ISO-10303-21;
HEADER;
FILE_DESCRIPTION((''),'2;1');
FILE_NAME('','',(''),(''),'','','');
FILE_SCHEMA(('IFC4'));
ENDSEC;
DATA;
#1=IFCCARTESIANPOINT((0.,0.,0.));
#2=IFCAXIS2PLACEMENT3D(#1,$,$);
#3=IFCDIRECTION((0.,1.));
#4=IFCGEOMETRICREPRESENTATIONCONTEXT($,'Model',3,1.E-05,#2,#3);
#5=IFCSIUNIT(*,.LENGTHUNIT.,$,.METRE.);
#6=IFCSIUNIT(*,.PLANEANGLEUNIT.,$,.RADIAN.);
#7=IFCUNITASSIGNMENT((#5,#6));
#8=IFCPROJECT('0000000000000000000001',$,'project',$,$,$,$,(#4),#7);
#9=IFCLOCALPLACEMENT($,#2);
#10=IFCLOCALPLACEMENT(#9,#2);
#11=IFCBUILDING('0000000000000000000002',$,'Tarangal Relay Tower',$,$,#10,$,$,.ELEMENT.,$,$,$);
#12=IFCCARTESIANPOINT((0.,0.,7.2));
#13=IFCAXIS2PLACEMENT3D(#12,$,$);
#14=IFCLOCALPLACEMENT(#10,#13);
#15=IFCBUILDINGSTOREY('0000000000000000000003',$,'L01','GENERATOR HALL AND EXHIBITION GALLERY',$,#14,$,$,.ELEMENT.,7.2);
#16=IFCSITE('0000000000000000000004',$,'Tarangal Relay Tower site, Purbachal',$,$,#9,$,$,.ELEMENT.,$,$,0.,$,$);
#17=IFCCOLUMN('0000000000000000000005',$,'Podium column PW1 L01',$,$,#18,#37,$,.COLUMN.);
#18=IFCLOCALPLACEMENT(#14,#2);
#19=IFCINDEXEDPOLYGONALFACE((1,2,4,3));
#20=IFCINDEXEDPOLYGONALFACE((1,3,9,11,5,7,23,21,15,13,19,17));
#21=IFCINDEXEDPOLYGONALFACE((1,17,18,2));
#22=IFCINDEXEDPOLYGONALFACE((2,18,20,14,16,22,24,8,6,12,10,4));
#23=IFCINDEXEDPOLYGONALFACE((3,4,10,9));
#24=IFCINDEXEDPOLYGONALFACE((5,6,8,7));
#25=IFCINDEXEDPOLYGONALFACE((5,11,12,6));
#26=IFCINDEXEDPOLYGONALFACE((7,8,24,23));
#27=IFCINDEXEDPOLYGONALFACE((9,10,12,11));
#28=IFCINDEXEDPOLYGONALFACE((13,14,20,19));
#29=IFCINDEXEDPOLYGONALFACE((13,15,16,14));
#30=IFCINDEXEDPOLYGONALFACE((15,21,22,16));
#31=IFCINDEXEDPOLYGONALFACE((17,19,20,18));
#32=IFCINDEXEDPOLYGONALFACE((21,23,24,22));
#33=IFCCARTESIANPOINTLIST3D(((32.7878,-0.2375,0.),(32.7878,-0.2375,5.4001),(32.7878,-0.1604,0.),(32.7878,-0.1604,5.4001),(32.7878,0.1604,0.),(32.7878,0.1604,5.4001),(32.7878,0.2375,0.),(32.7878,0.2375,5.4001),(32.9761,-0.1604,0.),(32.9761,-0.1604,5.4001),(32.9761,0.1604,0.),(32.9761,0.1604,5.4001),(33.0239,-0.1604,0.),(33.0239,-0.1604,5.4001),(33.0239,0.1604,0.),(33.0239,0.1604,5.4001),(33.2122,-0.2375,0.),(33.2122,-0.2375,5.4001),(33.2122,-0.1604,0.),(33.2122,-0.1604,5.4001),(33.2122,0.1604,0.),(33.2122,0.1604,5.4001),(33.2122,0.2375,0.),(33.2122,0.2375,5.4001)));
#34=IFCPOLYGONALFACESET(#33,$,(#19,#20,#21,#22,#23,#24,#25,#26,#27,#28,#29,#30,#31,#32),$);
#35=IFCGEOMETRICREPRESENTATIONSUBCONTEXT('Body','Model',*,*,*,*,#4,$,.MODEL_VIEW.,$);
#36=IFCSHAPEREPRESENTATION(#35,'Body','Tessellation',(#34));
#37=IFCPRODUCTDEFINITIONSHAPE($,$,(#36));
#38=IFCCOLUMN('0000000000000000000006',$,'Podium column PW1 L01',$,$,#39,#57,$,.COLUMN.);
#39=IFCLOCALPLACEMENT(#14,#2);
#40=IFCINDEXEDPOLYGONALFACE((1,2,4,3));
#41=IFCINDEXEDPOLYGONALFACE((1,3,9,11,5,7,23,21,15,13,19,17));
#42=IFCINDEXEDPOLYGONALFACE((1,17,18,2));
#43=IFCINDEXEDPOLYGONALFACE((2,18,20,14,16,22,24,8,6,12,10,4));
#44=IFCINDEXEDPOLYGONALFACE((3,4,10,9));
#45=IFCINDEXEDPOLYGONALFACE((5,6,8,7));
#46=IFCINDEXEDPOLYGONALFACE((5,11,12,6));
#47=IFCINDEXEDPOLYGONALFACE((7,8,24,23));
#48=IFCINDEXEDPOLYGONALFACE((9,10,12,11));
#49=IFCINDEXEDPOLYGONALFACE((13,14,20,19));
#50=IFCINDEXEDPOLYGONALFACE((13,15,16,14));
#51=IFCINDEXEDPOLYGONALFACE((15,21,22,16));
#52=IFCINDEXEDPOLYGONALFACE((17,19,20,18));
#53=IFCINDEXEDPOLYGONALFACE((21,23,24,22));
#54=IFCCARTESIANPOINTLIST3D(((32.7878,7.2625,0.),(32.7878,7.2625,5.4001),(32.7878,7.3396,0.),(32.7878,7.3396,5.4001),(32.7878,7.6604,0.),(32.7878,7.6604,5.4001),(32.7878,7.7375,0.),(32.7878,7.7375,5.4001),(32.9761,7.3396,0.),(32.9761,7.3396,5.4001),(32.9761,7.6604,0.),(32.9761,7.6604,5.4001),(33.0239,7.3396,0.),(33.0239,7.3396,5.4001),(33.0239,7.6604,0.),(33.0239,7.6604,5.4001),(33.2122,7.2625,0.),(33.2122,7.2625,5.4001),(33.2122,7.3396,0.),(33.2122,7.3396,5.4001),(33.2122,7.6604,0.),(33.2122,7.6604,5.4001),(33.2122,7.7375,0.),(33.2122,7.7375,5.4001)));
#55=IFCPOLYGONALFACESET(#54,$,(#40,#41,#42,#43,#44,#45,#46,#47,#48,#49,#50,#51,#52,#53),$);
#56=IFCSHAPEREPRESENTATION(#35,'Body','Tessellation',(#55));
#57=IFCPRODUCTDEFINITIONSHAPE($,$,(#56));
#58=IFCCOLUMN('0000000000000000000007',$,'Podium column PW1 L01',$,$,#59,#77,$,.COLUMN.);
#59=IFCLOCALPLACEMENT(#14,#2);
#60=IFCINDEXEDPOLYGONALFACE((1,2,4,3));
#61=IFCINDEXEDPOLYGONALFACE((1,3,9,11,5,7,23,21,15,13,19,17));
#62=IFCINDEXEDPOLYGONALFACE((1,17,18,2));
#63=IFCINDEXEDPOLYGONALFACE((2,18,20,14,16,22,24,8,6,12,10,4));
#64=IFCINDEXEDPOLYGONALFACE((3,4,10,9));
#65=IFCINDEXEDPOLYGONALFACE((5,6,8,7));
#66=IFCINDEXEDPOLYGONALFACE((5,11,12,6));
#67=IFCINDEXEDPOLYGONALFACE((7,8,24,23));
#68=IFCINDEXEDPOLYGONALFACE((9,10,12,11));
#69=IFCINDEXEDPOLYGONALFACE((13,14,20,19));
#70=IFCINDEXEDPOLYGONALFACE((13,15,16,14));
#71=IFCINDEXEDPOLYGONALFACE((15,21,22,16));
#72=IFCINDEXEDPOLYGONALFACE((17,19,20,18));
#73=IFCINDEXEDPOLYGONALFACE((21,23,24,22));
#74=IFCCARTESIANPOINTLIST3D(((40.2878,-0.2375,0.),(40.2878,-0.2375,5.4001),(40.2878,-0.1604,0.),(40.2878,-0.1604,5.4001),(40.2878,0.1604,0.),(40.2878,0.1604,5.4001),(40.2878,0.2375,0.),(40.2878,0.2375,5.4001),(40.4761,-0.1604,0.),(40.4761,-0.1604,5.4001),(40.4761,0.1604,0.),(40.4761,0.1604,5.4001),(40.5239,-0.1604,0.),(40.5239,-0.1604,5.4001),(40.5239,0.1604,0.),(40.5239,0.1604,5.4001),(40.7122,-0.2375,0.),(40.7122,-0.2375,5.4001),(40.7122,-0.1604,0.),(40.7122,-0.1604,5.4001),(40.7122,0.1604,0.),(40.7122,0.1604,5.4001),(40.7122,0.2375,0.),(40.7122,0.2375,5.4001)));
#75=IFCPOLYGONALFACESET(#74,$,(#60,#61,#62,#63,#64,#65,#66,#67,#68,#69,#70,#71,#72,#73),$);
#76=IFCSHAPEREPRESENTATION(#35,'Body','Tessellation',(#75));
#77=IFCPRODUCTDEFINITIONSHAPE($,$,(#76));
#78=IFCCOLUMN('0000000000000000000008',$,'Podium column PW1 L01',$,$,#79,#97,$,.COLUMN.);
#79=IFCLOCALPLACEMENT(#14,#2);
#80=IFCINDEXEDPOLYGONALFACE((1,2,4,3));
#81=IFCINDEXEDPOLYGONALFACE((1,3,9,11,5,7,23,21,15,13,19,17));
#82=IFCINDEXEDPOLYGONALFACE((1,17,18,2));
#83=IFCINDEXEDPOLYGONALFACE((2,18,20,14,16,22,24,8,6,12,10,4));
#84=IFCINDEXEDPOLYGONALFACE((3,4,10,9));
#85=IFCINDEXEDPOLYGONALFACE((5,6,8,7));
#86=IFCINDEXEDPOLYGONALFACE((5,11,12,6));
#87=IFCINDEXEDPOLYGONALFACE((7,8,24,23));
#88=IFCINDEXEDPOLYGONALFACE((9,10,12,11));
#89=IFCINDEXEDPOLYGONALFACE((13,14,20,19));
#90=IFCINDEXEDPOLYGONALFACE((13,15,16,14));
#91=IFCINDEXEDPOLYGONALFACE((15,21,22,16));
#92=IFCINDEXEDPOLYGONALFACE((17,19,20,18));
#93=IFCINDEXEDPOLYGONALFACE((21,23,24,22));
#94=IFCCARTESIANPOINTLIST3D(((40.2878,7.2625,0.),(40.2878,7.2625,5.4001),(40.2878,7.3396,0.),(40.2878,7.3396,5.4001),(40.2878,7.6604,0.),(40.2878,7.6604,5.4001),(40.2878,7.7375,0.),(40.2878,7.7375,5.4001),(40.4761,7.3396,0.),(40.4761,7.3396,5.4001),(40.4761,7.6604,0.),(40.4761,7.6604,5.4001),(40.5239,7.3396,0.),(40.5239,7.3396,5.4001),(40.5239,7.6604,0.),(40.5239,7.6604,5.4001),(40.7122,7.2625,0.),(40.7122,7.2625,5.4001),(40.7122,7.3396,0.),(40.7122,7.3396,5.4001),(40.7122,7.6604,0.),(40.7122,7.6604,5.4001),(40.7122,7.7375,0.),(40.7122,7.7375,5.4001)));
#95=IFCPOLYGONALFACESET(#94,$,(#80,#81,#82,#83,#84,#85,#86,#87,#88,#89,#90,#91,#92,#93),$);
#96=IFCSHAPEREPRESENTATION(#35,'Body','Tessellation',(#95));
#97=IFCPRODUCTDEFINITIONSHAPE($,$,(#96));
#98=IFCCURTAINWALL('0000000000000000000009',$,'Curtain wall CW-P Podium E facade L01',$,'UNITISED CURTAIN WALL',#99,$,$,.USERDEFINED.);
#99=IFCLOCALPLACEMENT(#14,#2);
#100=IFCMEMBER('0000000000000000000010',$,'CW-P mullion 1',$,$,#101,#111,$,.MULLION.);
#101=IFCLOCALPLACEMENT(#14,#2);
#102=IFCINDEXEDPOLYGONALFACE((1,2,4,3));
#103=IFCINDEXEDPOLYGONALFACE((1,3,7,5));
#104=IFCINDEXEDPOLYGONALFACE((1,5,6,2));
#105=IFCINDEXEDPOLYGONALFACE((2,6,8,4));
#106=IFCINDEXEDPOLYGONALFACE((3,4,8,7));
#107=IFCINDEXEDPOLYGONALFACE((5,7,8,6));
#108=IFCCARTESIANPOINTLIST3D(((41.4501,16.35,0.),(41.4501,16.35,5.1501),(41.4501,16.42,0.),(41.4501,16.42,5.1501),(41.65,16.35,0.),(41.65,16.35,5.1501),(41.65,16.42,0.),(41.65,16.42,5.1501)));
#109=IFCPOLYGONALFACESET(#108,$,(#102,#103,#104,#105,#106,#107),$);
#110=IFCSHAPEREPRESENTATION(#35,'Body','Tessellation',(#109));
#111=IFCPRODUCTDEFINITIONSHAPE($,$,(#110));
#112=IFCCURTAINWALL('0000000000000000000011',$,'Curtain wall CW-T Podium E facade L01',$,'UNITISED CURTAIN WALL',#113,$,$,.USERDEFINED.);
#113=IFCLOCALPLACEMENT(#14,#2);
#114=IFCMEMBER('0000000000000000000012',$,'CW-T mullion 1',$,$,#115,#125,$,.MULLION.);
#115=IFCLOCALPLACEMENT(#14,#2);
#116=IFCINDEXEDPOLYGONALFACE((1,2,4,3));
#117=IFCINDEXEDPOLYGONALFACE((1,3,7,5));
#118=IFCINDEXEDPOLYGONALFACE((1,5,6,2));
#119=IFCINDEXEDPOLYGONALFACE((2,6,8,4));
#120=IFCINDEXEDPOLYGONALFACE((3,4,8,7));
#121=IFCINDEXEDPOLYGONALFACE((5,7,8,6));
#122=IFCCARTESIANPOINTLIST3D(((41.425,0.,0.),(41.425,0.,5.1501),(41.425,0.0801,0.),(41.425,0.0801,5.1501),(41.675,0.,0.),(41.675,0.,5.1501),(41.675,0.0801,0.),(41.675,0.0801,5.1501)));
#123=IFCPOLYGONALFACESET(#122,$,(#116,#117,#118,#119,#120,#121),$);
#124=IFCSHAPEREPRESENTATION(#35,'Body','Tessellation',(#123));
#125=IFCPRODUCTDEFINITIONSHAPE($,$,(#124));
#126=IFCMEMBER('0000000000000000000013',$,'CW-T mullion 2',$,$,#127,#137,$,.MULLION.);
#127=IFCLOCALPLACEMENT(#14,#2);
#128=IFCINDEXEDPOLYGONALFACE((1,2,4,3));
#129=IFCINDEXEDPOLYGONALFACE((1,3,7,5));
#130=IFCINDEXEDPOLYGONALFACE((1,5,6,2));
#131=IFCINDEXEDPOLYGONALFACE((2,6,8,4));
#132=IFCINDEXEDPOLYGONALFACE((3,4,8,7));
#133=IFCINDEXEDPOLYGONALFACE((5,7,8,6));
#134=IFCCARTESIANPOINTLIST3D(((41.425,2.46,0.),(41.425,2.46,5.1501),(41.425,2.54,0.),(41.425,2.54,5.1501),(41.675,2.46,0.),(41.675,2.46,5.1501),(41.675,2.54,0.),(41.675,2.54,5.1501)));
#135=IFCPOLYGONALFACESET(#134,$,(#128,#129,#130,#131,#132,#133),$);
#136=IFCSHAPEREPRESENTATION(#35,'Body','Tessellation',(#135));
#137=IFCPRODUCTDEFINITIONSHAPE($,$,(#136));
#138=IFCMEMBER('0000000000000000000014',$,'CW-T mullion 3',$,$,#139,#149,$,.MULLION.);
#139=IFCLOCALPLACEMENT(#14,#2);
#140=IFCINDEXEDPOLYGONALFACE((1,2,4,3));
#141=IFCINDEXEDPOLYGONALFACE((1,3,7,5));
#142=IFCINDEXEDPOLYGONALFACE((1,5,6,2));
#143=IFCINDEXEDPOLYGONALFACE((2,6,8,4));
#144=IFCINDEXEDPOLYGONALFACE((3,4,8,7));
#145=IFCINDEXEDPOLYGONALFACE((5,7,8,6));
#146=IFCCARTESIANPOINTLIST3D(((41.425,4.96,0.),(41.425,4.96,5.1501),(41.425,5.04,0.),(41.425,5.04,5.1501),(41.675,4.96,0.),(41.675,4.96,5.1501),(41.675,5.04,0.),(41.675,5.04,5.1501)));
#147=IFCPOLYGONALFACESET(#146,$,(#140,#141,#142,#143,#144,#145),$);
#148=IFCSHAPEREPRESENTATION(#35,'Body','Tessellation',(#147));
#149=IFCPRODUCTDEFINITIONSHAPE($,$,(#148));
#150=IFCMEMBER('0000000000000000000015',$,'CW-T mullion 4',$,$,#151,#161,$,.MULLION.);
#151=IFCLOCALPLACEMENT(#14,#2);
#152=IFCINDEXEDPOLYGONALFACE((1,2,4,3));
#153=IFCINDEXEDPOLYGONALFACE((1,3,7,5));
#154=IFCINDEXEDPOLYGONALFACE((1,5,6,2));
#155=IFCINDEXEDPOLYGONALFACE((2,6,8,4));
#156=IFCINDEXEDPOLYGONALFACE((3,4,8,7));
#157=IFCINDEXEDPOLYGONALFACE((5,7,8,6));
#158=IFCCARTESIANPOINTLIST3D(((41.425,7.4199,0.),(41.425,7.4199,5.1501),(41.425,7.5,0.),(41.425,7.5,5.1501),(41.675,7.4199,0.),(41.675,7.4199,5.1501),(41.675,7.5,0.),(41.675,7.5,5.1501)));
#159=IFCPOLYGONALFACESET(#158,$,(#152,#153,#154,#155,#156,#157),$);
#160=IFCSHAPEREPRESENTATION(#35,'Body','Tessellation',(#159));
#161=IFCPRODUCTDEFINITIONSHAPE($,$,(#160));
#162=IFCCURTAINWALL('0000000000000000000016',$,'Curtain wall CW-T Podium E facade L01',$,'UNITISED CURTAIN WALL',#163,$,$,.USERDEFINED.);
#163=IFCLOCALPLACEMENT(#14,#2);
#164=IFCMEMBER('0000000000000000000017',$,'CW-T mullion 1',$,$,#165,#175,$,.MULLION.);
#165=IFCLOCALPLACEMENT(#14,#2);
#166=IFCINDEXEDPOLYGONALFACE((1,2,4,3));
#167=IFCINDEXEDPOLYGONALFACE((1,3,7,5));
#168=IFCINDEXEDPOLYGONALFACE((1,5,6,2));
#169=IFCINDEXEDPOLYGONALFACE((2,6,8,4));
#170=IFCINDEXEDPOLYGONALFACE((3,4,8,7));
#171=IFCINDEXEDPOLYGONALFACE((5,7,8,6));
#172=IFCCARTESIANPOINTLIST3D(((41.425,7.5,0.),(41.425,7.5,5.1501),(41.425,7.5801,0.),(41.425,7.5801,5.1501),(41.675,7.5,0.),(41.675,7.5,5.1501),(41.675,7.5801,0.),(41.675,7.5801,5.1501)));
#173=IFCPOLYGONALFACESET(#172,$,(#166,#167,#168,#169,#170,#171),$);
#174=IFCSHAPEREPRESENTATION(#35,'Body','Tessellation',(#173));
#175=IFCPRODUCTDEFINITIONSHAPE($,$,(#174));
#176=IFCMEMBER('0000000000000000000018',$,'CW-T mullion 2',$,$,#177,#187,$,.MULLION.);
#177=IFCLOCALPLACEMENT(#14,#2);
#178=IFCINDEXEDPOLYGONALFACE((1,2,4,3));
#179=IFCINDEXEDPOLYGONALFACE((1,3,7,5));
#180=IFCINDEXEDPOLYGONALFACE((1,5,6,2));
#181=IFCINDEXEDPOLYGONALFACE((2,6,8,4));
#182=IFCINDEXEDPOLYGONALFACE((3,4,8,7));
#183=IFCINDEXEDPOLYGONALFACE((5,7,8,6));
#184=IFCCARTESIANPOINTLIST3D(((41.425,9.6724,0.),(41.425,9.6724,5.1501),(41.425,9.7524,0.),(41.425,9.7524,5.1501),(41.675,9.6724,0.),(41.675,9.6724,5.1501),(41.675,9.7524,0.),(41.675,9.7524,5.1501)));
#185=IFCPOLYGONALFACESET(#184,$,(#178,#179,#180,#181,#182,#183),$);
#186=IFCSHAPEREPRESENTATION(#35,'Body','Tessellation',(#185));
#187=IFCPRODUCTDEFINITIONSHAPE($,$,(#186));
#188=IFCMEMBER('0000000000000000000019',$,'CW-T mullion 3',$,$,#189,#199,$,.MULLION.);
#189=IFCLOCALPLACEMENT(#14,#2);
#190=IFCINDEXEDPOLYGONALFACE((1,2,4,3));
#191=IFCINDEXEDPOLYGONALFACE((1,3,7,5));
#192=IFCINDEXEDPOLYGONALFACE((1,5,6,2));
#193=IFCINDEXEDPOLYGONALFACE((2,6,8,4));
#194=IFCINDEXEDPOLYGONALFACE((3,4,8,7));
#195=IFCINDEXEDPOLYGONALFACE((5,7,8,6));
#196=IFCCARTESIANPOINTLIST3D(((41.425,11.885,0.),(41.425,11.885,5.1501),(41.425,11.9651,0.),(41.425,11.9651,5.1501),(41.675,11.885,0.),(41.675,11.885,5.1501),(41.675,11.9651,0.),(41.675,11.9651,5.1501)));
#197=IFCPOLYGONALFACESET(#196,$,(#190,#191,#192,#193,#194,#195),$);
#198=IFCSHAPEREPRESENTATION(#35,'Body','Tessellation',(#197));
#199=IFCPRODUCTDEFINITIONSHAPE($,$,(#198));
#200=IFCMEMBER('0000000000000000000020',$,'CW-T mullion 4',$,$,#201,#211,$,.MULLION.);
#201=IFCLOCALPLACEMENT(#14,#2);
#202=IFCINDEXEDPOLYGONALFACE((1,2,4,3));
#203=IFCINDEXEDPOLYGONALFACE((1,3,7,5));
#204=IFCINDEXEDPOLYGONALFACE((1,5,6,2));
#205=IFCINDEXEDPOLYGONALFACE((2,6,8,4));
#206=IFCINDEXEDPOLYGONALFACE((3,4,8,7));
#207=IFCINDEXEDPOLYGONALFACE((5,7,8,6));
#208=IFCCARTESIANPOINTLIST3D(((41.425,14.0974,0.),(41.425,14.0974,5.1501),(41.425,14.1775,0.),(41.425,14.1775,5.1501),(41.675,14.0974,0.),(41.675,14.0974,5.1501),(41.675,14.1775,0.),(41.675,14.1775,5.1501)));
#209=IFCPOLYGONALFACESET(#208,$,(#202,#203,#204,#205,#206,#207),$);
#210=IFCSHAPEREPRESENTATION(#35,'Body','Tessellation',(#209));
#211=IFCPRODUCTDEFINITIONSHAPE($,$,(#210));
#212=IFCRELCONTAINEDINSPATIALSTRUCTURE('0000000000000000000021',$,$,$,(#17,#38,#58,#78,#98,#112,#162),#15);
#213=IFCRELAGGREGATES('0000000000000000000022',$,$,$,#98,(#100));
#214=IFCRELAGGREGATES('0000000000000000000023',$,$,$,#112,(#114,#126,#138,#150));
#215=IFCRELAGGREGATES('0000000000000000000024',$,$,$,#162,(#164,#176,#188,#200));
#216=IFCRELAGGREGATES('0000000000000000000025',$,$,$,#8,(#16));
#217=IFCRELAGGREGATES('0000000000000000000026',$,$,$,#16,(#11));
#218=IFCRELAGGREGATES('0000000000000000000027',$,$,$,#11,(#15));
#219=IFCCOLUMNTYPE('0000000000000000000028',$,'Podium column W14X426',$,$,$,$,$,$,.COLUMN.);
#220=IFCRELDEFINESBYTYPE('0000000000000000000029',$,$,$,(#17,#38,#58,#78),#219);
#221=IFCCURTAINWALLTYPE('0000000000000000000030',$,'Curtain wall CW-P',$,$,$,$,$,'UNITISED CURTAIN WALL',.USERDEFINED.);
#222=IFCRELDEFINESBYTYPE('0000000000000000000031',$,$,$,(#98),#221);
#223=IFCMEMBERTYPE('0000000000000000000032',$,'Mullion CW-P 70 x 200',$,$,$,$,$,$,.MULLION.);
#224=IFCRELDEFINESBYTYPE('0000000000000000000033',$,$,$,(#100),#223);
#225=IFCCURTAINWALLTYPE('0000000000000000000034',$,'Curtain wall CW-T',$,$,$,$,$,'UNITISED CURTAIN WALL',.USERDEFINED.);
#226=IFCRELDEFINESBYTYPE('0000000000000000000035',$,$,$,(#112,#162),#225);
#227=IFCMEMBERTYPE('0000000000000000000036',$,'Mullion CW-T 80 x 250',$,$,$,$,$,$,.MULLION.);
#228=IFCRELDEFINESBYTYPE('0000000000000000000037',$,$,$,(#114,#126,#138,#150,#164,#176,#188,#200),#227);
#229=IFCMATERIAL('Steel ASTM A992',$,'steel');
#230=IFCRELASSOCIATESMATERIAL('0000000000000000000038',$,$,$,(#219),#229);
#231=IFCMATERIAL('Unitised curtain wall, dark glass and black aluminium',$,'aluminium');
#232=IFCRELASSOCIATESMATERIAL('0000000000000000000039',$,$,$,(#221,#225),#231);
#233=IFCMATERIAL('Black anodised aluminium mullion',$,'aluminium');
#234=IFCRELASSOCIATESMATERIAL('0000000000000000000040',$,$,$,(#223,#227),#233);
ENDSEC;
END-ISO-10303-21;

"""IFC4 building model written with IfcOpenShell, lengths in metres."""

from ifc_helpers import new_model, si_unit, direction, frame, origin, origin_2d, place, context, subcontext, project, spatial, rectangle, i_section, extrude, material, material_profile, profile_set, type_object, element, aggregate, save


model = new_model("IFC4")

# Units and contexts
model_context = context("Model", 3, precision=1e-05, world=origin(), true_north=direction((0.0, 1.0)))
body_context = subcontext(model_context, "Body", "Model", "MODEL_VIEW")
ifc_project = project(units=[si_unit("LENGTHUNIT", "METRE"), si_unit("PLANEANGLEUNIT", "RADIAN")], contexts=[model_context])

# Site, building, storey
site_placement = place(None, origin())
site = spatial("IfcSite", under=ifc_project, at=site_placement, Name="Tarangal Relay Tower site, Purbachal", CompositionType="ELEMENT", RefElevation=0.0)
building_placement = place(site_placement, origin())
building = spatial("IfcBuilding", under=site, at=building_placement, Name="Tarangal Relay Tower", CompositionType="ELEMENT")
storey_placement = place(building_placement, frame((0.0, 0.0, 7.2)))
storey = spatial("IfcBuildingStorey", under=building, at=storey_placement, Name="L01", Description="GENERATOR HALL AND EXHIBITION GALLERY", CompositionType="ELEMENT", Elevation=7.2)

# Columns
ifc_material_1 = material(Name="Steel ASTM A992", Category="steel")
ifc_material_profile_1 = material_profile(ifc_material_1, i_section(OverallWidth=0.4243, OverallDepth=0.4751, WebThickness=0.0479, FlangeThickness=0.0771, at=origin_2d()), Name="W14X426")
ifc_profile_set_1 = profile_set([ifc_material_profile_1], Name="Steel ASTM A992")
column_type = type_object("IfcColumnType", Name="Podium column W14X426", PredefinedType="COLUMN", material=ifc_profile_set_1)
for number, where, z_axis, x_axis, name in (
    (1, (33.0, 0.0, 0.0), (0.0, 0.0, 1.0), (1.0, 0.0, 0.0), "Podium column PW1 L01"),
    (2, (33.0, 7.5, 0.0), (0.0, 0.0, 1.0), (1.0, 0.0, 0.0), "Podium column PW1 L01"),
    (3, (40.5, 0.0, 0.0), (0.0, 0.0, 1.0), (1.0, 0.0, 0.0), "Podium column PW1 L01"),
    (4, (40.5, 7.5, 0.0), (0.0, 0.0, 1.0), (1.0, 0.0, 0.0), "Podium column PW1 L01"),
):
    element("IfcColumn", number, at=place(storey_placement, frame(where, z_axis=z_axis, x_axis=x_axis)), inside=storey, type_object=column_type, Name=name, PredefinedType="COLUMN", context=body_context, shape_type="SweptSolid", body=[
        extrude(i_section(OverallWidth=0.4243, OverallDepth=0.4751, WebThickness=0.0479, FlangeThickness=0.0771, at=origin_2d()), origin(), (0.0, 0.0, 1.0), 5.4001),
    ])

# Curtain wall, member
ifc_material_2 = material(Name="Unitised curtain wall, dark glass and black aluminium", Category="aluminium")
curtain_wall_type_1 = type_object("IfcCurtainWallType", Name="Curtain wall CW-P", ElementType="UNITISED CURTAIN WALL", PredefinedType="USERDEFINED", material=ifc_material_2)
curtain_wall_1_placement = place(storey_placement, origin())
curtain_wall_1 = element("IfcCurtainWall", 5, at=curtain_wall_1_placement, inside=storey, type_object=curtain_wall_type_1, Name="Curtain wall CW-P Podium E facade L01", ObjectType="UNITISED CURTAIN WALL", PredefinedType="USERDEFINED")
ifc_material_3 = material(Name="Black anodised aluminium mullion", Category="aluminium")
ifc_material_profile_2 = material_profile(ifc_material_3, rectangle(XDim=0.2, YDim=0.0701, at=origin_2d()), Name="CW-PM 70X200")
ifc_profile_set_2 = profile_set([ifc_material_profile_2], Name="Black anodised aluminium mullion")
member_type_1 = type_object("IfcMemberType", Name="Mullion CW-P 70 x 200", PredefinedType="MULLION", material=ifc_profile_set_2)
member_1_placement = place(storey_placement, frame((41.55, 16.385, 0.0), z_axis=(0.0, 0.0, 1.0), x_axis=(-1.0, 0.0, 0.0)))
member_1 = element("IfcMember", 6, at=member_1_placement, type_object=member_type_1, Name="CW-P mullion 1", PredefinedType="MULLION", context=body_context, shape_type="SweptSolid", body=[
    extrude(rectangle(XDim=0.2, YDim=0.0701, at=origin_2d()), origin(), (0.0, 0.0, 1.0), 5.1501),
])
aggregate(curtain_wall_1, [member_1])

# Curtain walls, members
curtain_wall_type_2 = type_object("IfcCurtainWallType", Name="Curtain wall CW-T", ElementType="UNITISED CURTAIN WALL", PredefinedType="USERDEFINED", material=ifc_material_2)
curtain_wall_2_placement = place(storey_placement, origin())
curtain_wall_2 = element("IfcCurtainWall", 7, at=curtain_wall_2_placement, inside=storey, type_object=curtain_wall_type_2, Name="Curtain wall CW-T Podium E facade L01", ObjectType="UNITISED CURTAIN WALL", PredefinedType="USERDEFINED")
ifc_material_profile_3 = material_profile(ifc_material_3, rectangle(XDim=0.25, YDim=0.0801, at=origin_2d()), Name="CW-TM 80X250")
ifc_profile_set_3 = profile_set([ifc_material_profile_3], Name="Black anodised aluminium mullion")
member_type_2 = type_object("IfcMemberType", Name="Mullion CW-T 80 x 250", PredefinedType="MULLION", material=ifc_profile_set_3)
member_2_placement = place(storey_placement, frame((41.55, 0.04, 0.0), z_axis=(0.0, 0.0, 1.0), x_axis=(-1.0, 0.0, 0.0)))
member_2 = element("IfcMember", 8, at=member_2_placement, type_object=member_type_2, Name="CW-T mullion 1", PredefinedType="MULLION", context=body_context, shape_type="SweptSolid", body=[
    extrude(rectangle(XDim=0.25, YDim=0.0801, at=origin_2d()), origin(), (0.0, 0.0, 1.0), 5.1501),
])
member_3_placement = place(storey_placement, frame((41.55, 2.5, 0.0), z_axis=(0.0, 0.0, 1.0), x_axis=(-1.0, 0.0, 0.0)))
member_3 = element("IfcMember", 9, at=member_3_placement, type_object=member_type_2, Name="CW-T mullion 2", PredefinedType="MULLION", context=body_context, shape_type="SweptSolid", body=[
    extrude(rectangle(XDim=0.25, YDim=0.0801, at=origin_2d()), origin(), (0.0, 0.0, 1.0), 5.1501),
])
member_4_placement = place(storey_placement, frame((41.55, 5.0, 0.0), z_axis=(0.0, 0.0, 1.0), x_axis=(-1.0, 0.0, 0.0)))
member_4 = element("IfcMember", 10, at=member_4_placement, type_object=member_type_2, Name="CW-T mullion 3", PredefinedType="MULLION", context=body_context, shape_type="SweptSolid", body=[
    extrude(rectangle(XDim=0.25, YDim=0.0801, at=origin_2d()), origin(), (0.0, 0.0, 1.0), 5.1501),
])
member_5_placement = place(storey_placement, frame((41.55, 7.46, 0.0), z_axis=(0.0, 0.0, 1.0), x_axis=(-1.0, 0.0, 0.0)))
member_5 = element("IfcMember", 11, at=member_5_placement, type_object=member_type_2, Name="CW-T mullion 4", PredefinedType="MULLION", context=body_context, shape_type="SweptSolid", body=[
    extrude(rectangle(XDim=0.25, YDim=0.0801, at=origin_2d()), origin(), (0.0, 0.0, 1.0), 5.1501),
])
curtain_wall_3_placement = place(storey_placement, origin())
curtain_wall_3 = element("IfcCurtainWall", 12, at=curtain_wall_3_placement, inside=storey, type_object=curtain_wall_type_2, Name="Curtain wall CW-T Podium E facade L01", ObjectType="UNITISED CURTAIN WALL", PredefinedType="USERDEFINED")
member_6_placement = place(storey_placement, frame((41.55, 7.54, 0.0), z_axis=(0.0, 0.0, 1.0), x_axis=(-1.0, 0.0, 0.0)))
member_6 = element("IfcMember", 13, at=member_6_placement, type_object=member_type_2, Name="CW-T mullion 1", PredefinedType="MULLION", context=body_context, shape_type="SweptSolid", body=[
    extrude(rectangle(XDim=0.25, YDim=0.0801, at=origin_2d()), origin(), (0.0, 0.0, 1.0), 5.1501),
])
member_7_placement = place(storey_placement, frame((41.55, 9.7124, 0.0), z_axis=(0.0, 0.0, 1.0), x_axis=(-1.0, 0.0, 0.0)))
member_7 = element("IfcMember", 14, at=member_7_placement, type_object=member_type_2, Name="CW-T mullion 2", PredefinedType="MULLION", context=body_context, shape_type="SweptSolid", body=[
    extrude(rectangle(XDim=0.25, YDim=0.0801, at=origin_2d()), origin(), (0.0, 0.0, 1.0), 5.1501),
])
member_8_placement = place(storey_placement, frame((41.55, 11.925, 0.0), z_axis=(0.0, 0.0, 1.0), x_axis=(-1.0, 0.0, 0.0)))
member_8 = element("IfcMember", 15, at=member_8_placement, type_object=member_type_2, Name="CW-T mullion 3", PredefinedType="MULLION", context=body_context, shape_type="SweptSolid", body=[
    extrude(rectangle(XDim=0.25, YDim=0.0801, at=origin_2d()), origin(), (0.0, 0.0, 1.0), 5.1501),
])
member_9_placement = place(storey_placement, frame((41.55, 14.1375, 0.0), z_axis=(0.0, 0.0, 1.0), x_axis=(-1.0, 0.0, 0.0)))
member_9 = element("IfcMember", 16, at=member_9_placement, type_object=member_type_2, Name="CW-T mullion 4", PredefinedType="MULLION", context=body_context, shape_type="SweptSolid", body=[
    extrude(rectangle(XDim=0.25, YDim=0.0801, at=origin_2d()), origin(), (0.0, 0.0, 1.0), 5.1501),
])

aggregate(curtain_wall_2, [member_2, member_3, member_4, member_5])
aggregate(curtain_wall_3, [member_6, member_7, member_8, member_9])

save(model, "model.ifc")
